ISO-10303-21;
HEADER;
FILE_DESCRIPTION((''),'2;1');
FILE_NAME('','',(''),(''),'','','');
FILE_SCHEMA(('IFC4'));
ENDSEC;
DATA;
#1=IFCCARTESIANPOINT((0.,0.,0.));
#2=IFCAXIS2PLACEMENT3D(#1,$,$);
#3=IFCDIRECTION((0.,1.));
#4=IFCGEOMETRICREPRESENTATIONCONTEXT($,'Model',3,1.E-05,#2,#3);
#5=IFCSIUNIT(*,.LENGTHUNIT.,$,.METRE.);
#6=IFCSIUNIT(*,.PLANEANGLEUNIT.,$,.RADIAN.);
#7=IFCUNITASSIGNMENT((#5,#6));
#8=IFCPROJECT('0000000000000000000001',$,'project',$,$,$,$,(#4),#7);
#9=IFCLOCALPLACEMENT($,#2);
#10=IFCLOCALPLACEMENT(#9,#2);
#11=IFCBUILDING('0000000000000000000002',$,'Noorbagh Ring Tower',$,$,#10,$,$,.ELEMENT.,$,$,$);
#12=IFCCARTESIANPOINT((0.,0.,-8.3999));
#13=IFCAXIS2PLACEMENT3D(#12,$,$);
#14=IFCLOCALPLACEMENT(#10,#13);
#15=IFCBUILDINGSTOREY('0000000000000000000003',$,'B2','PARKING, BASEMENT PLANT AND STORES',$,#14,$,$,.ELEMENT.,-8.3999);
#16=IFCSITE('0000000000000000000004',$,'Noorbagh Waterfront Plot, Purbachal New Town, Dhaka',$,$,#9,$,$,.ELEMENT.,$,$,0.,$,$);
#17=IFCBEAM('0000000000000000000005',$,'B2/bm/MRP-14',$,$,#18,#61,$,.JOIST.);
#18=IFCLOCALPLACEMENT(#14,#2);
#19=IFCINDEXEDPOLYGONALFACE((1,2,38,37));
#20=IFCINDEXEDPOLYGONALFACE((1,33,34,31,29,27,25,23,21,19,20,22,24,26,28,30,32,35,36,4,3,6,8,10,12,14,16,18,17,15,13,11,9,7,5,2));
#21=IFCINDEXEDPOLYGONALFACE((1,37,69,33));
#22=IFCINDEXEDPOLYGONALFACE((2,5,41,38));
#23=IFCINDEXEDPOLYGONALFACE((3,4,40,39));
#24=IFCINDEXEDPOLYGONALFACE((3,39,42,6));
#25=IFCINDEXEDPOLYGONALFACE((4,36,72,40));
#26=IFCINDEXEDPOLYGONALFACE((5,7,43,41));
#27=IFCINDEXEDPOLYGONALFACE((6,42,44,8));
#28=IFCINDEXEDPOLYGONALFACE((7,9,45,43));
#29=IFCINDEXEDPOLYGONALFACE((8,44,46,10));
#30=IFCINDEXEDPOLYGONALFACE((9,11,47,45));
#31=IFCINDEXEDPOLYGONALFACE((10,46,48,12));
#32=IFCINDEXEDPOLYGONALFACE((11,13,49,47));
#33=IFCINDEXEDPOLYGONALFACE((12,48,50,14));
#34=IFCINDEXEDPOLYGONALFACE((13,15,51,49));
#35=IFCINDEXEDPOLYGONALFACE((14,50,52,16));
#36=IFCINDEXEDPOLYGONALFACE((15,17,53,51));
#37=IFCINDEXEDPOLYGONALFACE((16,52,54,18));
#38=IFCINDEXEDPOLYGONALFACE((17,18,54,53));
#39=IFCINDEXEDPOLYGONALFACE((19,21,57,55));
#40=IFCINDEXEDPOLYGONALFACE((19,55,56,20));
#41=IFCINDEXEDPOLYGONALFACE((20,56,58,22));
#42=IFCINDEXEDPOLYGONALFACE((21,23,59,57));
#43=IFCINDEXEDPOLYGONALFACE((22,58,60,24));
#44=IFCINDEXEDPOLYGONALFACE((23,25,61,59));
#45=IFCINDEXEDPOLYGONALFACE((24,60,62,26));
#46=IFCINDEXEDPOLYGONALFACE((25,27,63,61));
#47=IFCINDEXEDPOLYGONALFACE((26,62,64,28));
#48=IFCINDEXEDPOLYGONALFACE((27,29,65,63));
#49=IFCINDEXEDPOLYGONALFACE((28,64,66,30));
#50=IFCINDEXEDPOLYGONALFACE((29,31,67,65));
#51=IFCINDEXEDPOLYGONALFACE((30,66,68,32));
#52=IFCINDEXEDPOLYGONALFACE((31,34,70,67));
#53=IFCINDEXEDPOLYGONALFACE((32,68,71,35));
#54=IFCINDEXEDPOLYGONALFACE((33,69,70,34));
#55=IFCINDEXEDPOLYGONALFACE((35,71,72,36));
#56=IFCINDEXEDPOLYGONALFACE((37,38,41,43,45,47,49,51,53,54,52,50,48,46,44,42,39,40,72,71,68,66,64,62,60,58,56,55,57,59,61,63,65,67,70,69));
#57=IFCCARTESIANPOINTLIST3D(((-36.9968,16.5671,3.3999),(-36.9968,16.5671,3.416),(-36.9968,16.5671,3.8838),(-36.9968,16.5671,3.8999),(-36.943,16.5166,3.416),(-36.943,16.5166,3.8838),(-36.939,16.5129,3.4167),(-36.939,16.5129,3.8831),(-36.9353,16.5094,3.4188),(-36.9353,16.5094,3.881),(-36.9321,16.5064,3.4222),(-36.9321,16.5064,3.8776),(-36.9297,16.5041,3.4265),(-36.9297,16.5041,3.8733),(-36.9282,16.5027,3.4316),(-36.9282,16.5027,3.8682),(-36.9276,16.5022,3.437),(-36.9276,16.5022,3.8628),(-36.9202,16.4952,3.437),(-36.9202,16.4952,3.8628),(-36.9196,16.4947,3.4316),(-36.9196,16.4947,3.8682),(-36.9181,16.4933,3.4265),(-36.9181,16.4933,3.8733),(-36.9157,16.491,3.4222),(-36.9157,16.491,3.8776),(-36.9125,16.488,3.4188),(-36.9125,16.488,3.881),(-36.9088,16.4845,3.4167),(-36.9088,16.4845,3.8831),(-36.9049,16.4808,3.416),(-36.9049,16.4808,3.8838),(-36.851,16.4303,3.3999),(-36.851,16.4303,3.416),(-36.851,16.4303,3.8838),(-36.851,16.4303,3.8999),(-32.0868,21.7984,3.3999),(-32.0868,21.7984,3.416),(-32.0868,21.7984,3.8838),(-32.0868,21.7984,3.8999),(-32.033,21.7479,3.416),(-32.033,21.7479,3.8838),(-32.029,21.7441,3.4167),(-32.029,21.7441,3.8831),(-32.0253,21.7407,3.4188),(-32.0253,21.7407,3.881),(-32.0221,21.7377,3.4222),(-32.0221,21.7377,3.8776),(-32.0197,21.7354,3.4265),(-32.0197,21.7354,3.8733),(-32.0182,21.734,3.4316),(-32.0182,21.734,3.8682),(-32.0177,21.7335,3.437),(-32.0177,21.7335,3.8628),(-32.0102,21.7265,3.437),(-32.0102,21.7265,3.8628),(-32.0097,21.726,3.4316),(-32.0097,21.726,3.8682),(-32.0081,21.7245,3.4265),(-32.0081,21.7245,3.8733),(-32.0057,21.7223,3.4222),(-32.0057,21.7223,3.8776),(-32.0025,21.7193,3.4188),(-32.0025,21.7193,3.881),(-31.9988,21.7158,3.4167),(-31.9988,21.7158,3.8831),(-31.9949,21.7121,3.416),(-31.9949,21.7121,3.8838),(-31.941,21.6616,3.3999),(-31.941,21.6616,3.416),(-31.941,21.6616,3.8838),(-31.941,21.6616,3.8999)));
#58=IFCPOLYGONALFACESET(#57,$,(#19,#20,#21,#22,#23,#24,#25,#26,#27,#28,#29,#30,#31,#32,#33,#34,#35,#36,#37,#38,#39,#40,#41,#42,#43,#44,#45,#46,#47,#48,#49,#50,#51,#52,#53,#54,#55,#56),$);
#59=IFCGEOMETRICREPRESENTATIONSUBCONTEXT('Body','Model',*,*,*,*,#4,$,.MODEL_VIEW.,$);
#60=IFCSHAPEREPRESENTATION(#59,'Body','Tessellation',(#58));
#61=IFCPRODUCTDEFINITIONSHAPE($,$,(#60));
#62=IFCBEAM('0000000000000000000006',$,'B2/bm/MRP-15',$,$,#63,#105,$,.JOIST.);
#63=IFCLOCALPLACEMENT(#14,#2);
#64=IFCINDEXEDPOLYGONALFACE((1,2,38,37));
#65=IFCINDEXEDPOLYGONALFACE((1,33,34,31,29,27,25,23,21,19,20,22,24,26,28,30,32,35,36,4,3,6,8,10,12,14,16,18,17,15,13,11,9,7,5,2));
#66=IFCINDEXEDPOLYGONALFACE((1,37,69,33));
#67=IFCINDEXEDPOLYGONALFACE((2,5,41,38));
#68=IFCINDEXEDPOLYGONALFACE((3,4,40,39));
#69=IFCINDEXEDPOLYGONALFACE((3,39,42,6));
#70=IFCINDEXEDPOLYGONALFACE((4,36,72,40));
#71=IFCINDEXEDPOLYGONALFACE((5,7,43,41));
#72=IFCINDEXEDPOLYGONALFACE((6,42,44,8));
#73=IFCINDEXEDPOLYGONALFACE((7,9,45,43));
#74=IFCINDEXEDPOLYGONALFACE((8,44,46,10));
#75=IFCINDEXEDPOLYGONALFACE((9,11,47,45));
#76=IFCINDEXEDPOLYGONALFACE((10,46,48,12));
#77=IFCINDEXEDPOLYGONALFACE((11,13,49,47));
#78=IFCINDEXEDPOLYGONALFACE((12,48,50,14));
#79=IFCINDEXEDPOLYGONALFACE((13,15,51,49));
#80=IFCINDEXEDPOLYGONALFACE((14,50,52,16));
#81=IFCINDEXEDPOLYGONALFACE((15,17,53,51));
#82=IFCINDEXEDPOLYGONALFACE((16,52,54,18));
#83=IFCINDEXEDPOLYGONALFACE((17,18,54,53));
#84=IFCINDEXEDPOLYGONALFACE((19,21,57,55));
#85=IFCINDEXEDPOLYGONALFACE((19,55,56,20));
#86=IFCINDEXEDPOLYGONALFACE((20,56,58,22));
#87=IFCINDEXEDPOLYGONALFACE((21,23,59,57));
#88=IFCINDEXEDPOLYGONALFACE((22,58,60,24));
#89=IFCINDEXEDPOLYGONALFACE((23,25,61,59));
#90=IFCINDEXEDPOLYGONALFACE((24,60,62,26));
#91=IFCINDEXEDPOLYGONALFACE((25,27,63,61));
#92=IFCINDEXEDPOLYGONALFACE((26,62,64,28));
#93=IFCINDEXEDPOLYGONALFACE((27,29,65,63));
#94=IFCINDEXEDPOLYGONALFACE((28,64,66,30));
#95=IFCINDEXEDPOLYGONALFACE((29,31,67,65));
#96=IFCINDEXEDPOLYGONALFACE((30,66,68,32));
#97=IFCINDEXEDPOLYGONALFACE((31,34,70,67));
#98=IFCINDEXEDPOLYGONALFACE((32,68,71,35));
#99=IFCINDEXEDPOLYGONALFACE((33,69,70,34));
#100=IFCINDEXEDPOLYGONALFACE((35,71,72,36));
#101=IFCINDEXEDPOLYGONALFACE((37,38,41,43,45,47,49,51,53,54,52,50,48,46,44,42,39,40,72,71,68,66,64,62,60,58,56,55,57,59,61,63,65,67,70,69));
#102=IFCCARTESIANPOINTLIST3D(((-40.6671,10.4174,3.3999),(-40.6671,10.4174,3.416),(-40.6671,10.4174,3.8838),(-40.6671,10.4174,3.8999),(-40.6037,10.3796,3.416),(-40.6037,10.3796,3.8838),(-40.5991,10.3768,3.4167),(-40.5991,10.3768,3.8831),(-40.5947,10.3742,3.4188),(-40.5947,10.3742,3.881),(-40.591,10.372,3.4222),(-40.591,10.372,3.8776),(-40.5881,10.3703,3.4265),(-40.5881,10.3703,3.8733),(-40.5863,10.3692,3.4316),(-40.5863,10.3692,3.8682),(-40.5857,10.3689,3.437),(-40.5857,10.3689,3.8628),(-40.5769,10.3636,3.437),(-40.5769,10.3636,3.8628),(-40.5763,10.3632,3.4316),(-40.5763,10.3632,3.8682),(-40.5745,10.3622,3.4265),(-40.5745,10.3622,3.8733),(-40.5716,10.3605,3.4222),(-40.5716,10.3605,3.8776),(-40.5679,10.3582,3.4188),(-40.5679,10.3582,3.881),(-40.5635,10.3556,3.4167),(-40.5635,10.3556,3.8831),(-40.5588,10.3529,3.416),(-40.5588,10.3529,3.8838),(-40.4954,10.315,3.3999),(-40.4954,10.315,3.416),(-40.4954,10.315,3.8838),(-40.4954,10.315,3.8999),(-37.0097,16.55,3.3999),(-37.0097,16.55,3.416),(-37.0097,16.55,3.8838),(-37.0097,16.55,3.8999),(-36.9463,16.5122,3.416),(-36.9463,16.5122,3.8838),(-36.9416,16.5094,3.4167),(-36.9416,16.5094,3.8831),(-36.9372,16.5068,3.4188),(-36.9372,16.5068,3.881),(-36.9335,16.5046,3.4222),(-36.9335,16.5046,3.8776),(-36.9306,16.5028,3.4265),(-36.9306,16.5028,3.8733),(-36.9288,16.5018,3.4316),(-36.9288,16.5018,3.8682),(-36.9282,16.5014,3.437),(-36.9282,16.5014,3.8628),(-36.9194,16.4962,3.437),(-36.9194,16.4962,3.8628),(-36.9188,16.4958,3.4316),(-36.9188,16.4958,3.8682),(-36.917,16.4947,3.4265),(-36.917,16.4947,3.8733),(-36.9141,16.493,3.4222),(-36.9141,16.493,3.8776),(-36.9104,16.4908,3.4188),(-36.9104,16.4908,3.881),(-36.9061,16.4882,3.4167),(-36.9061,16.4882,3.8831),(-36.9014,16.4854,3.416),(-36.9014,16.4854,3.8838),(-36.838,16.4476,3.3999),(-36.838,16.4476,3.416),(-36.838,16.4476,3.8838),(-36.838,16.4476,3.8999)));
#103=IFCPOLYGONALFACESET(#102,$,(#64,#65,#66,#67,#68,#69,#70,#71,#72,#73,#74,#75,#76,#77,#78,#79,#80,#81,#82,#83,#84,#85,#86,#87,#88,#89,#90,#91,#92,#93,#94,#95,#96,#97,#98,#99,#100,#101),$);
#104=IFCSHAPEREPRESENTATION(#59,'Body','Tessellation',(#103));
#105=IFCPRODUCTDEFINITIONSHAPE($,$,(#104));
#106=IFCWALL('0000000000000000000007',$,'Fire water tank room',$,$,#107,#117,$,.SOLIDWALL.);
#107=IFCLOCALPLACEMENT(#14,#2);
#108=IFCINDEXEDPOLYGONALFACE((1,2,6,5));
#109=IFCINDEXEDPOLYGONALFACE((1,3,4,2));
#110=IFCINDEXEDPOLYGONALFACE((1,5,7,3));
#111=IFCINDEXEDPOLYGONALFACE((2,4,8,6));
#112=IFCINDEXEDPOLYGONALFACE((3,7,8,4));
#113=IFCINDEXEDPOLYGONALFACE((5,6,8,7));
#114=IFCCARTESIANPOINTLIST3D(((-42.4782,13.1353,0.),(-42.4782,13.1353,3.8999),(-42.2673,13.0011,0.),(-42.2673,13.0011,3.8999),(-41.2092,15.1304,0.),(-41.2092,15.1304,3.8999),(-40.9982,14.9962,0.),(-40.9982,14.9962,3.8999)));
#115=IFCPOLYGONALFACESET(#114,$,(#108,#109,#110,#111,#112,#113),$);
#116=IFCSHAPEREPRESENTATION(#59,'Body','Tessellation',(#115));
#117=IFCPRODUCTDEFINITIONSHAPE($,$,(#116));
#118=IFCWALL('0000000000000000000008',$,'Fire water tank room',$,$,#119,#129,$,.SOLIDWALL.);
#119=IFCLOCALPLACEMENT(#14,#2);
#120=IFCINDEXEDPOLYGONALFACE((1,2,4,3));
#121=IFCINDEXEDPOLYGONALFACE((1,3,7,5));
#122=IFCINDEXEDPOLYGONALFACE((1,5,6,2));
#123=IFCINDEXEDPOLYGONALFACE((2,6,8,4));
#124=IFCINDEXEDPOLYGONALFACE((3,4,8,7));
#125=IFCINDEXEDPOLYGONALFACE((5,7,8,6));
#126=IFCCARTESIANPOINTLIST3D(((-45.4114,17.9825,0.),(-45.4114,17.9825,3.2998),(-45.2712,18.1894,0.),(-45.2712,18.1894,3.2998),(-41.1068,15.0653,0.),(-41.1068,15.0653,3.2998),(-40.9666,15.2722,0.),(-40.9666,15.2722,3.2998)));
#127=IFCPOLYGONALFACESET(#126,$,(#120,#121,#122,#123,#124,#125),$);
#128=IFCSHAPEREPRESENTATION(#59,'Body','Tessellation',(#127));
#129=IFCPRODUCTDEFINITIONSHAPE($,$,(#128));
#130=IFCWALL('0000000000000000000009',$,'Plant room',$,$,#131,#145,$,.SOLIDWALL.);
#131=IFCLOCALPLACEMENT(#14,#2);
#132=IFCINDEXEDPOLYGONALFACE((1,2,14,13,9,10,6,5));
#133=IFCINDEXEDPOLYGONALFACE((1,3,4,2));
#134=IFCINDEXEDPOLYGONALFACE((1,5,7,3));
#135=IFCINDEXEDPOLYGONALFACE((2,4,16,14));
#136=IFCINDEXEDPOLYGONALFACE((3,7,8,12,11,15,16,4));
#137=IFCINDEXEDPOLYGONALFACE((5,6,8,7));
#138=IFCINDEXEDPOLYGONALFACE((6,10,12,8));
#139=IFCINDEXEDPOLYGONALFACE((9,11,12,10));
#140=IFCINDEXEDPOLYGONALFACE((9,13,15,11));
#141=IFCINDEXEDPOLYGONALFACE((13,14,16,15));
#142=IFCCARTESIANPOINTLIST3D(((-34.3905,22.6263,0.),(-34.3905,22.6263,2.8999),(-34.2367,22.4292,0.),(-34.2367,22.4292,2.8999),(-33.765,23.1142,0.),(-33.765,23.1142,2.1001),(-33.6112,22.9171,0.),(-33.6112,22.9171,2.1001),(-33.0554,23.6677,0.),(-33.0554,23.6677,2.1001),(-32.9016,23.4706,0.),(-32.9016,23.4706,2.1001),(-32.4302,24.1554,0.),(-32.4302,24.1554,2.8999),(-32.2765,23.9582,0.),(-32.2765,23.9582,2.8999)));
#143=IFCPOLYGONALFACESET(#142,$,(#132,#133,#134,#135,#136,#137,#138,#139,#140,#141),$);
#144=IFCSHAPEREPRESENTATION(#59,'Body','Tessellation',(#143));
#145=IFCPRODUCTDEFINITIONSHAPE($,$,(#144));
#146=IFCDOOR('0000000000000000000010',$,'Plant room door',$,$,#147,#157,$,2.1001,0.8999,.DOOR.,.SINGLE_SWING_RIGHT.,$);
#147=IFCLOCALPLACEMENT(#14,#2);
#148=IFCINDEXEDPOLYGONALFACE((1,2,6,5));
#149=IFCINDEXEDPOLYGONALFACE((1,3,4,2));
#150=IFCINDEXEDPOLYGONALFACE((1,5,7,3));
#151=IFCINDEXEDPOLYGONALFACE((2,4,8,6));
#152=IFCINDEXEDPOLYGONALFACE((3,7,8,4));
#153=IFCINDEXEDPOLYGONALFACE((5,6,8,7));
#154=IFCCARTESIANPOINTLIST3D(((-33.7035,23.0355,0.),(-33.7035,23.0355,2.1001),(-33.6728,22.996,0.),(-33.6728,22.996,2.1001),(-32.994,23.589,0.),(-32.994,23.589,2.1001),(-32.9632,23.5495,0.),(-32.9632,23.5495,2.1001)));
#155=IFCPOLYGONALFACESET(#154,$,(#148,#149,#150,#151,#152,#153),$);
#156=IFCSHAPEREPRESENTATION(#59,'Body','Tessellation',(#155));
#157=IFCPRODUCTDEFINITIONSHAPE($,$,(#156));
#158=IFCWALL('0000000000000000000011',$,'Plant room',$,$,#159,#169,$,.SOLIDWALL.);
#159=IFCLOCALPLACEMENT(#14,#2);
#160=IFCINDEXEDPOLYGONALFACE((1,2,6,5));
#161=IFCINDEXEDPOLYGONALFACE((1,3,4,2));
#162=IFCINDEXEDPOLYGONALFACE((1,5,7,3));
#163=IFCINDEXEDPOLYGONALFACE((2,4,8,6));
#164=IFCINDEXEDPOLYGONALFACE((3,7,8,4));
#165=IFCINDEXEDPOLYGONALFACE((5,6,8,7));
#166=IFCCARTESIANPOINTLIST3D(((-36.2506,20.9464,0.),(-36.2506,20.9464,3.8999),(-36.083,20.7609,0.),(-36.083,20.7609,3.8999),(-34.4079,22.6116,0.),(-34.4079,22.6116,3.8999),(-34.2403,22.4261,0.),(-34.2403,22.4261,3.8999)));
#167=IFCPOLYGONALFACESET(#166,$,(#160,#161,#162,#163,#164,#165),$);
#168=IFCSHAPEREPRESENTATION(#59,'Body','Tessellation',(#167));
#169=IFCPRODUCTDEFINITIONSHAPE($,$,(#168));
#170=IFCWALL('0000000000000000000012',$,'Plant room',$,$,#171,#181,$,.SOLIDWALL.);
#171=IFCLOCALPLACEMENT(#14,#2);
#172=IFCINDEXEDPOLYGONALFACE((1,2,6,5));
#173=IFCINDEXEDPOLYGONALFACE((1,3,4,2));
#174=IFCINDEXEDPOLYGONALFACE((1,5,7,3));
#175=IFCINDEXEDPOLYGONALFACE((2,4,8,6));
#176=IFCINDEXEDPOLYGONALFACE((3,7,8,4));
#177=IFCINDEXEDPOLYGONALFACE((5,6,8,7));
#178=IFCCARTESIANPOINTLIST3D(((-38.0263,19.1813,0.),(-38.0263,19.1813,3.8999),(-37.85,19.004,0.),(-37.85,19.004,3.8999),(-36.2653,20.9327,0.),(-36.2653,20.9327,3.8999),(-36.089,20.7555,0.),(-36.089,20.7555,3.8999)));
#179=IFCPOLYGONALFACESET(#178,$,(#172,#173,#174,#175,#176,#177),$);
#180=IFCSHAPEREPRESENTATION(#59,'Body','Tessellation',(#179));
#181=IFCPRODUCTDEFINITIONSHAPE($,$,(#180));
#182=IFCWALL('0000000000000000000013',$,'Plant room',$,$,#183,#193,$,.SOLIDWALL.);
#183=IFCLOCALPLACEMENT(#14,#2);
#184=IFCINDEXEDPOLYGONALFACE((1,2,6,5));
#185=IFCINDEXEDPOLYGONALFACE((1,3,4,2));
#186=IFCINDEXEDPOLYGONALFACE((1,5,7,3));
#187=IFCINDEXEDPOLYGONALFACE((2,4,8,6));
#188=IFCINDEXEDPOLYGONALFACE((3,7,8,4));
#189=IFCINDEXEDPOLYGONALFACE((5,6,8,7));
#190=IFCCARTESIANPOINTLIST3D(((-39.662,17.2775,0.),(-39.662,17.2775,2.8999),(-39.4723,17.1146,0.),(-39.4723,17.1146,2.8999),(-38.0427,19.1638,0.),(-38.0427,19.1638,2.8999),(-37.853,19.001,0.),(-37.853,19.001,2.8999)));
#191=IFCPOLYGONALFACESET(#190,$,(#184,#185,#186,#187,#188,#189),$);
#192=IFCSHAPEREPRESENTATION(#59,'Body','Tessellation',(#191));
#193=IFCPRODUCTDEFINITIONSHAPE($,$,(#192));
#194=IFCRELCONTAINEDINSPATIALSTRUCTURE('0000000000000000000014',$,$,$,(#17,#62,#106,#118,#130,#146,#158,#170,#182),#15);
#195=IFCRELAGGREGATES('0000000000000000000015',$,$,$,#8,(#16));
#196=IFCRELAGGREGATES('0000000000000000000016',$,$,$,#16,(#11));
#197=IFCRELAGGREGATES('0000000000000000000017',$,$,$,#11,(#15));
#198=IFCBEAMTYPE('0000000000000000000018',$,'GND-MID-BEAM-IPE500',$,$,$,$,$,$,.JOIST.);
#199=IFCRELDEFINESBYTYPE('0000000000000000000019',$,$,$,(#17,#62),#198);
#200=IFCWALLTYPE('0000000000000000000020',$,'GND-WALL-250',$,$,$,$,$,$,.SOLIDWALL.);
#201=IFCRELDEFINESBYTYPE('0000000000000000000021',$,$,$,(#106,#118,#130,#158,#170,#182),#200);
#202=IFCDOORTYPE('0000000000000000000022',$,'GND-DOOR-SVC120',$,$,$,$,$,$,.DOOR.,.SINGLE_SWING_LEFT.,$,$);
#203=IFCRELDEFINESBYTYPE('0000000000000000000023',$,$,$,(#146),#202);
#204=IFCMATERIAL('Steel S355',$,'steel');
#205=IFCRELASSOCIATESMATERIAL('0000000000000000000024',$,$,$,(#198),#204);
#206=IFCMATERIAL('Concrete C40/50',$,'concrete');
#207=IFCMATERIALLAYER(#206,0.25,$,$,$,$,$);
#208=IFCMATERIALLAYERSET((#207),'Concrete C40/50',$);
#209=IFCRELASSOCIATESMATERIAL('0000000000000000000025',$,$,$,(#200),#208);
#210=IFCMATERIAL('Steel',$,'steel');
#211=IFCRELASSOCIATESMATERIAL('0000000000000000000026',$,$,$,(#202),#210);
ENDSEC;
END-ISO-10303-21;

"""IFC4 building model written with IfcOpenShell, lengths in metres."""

from ifc_helpers import new_model, si_unit, direction, frame, frame_2d, origin, origin_2d, place, context, subcontext, project, spatial, rectangle, i_section, extrude, material, layer, layer_set, material_profile, profile_set, type_object, element, fill, save


model = new_model("IFC4")

# Units and contexts
model_context = context("Model", 3, precision=1e-05, world=origin(), true_north=direction((0.0, 1.0)))
body_context = subcontext(model_context, "Body", "Model", "MODEL_VIEW")
ifc_project = project(units=[si_unit("LENGTHUNIT", "METRE"), si_unit("PLANEANGLEUNIT", "RADIAN")], contexts=[model_context])

# Site, building, storey
site_placement = place(None, origin())
site = spatial("IfcSite", under=ifc_project, at=site_placement, Name="Noorbagh Waterfront Plot, Purbachal New Town, Dhaka", CompositionType="ELEMENT", RefElevation=0.0)
building_placement = place(site_placement, origin())
building = spatial("IfcBuilding", under=site, at=building_placement, Name="Noorbagh Ring Tower", CompositionType="ELEMENT")
storey_placement = place(building_placement, frame((0.0, 0.0, -8.3999)))
storey = spatial("IfcBuildingStorey", under=building, at=storey_placement, Name="B2", Description="PARKING, BASEMENT PLANT AND STORES", CompositionType="ELEMENT", Elevation=-8.3999)

# Beams
ifc_material_1 = material(Name="Steel S355", Category="steel")
ifc_material_profile_1 = material_profile(ifc_material_1, i_section(OverallWidth=0.2, OverallDepth=0.5, WebThickness=0.0103, FlangeThickness=0.0161, FilletRadius=0.021, at=origin_2d()), Name="IPE500")
ifc_profile_set_1 = profile_set([ifc_material_profile_1], Name="Steel S355")
beam_type_1 = type_object("IfcBeamType", Name="GND-MID-BEAM-IPE500", PredefinedType="JOIST", material=ifc_profile_set_1)
beam_1_placement = place(storey_placement, frame((-32.0139, 21.73, 3.6499), z_axis=(-0.684361, -0.729143, 0.0), x_axis=(0.729143, -0.684361, 0.0)))
element("IfcBeam", 1, at=beam_1_placement, inside=storey, type_object=beam_type_1, Name="B2/bm/MRP-14", PredefinedType="JOIST", context=body_context, shape_type="SweptSolid", body=[
    extrude(i_section(OverallWidth=0.2, OverallDepth=0.5, WebThickness=0.0103, FlangeThickness=0.0161, FilletRadius=0.021, at=origin_2d()), origin(), (0.0, 0.0, 1.0), 7.1746),
])
beam_2_placement = place(storey_placement, frame((-36.9238, 16.4988, 3.6499), z_axis=(-0.512221, -0.858854, 0.0), x_axis=(0.858854, -0.512221, 0.0)))
element("IfcBeam", 2, at=beam_2_placement, inside=storey, type_object=beam_type_1, Name="B2/bm/MRP-15", PredefinedType="JOIST", context=body_context, shape_type="SweptSolid", body=[
    extrude(i_section(OverallWidth=0.2, OverallDepth=0.5, WebThickness=0.0103, FlangeThickness=0.0161, FilletRadius=0.021, at=origin_2d()), origin(), (0.0, 0.0, 1.0), 7.1404),
])

# Walls
ifc_material_2 = material(Name="Concrete C40/50", Category="concrete")
ifc_layer_1 = layer(ifc_material_2, 0.25)
ifc_layer_set_1 = layer_set([ifc_layer_1], Name="Concrete C40/50")
wall_type_1 = type_object("IfcWallType", Name="GND-WALL-250", PredefinedType="SOLIDWALL", material=ifc_layer_set_1)
wall_1_placement = place(storey_placement, frame((-41.1038, 15.0632, 0.0), z_axis=(0.0, 0.0, 1.0), x_axis=(-0.536702, -0.843772, 0.0)))
element("IfcWall", 3, at=wall_1_placement, inside=storey, type_object=wall_type_1, Name="Fire water tank room", PredefinedType="SOLIDWALL", context=body_context, shape_type="SweptSolid", body=[
    extrude(rectangle(XDim=2.3645, YDim=0.25, at=frame_2d((1.1821, 0.0))), origin(), (0.0, 0.0, 1.0), 3.8999),
])
wall_2_placement = place(storey_placement, frame((-41.0366, 15.1687, 0.0), z_axis=(0.0, 0.0, 1.0), x_axis=(-0.827815, 0.561001, 0.0)))
element("IfcWall", 4, at=wall_2_placement, inside=storey, type_object=wall_type_1, Name="Fire water tank room", PredefinedType="SOLIDWALL", context=body_context, shape_type="SweptSolid", body=[
    extrude(rectangle(XDim=5.2, YDim=0.25, at=frame_2d((2.6001, 0.0))), origin(), (0.0, 0.0, 1.0), 3.2998),
])

# Wall, opening, door
wall_3_placement = place(storey_placement, frame((-32.3533, 24.0569, 0.0), z_axis=(0.0, 0.0, 1.0), x_axis=(-0.788484, -0.615055, 0.0)))
wall_3 = element("IfcWall", 5, at=wall_3_placement, inside=storey, type_object=wall_type_1, Name="Plant room", PredefinedType="SOLIDWALL", context=body_context, shape_type="SweptSolid", body=[
    extrude(rectangle(XDim=2.4861, YDim=0.25, at=frame_2d((1.2432, 0.0))), origin(), (0.0, 0.0, 1.0), 2.8999),
])
opening_placement = place(wall_3_placement, frame((0.793, 0.0, 0.0)))
opening = element("IfcOpeningElement", 6, at=opening_placement, cuts=wall_3, PredefinedType="OPENING", context=body_context, shape_type="SweptSolid", body=[
    extrude(rectangle(XDim=0.8999, YDim=2.1001, at=frame_2d((0.45, 1.05))), frame((0.0, 0.135, 0.0), z_axis=(0.0, -1.0, 0.0), x_axis=(1.0, 0.0, 0.0)), (0.0, 0.0, 1.0), 0.27),
])
ifc_material_3 = material(Name="Steel", Category="steel")
door_type = type_object("IfcDoorType", Name="GND-DOOR-SVC120", OperationType="SINGLE_SWING_LEFT", PredefinedType="DOOR", material=ifc_material_3)
door_placement = place(opening_placement, origin())
door = element("IfcDoor", 7, at=door_placement, inside=storey, type_object=door_type, Name="Plant room door", OperationType="SINGLE_SWING_RIGHT", OverallHeight=2.1001, OverallWidth=0.8999, PredefinedType="DOOR", context=body_context, shape_type="SweptSolid", body=[
    extrude(rectangle(XDim=0.8999, YDim=2.1001, at=frame_2d((0.45, 1.05))), frame((0.0, 0.0249, 0.0), z_axis=(0.0, -1.0, 0.0), x_axis=(1.0, 0.0, 0.0)), (0.0, 0.0, 1.0), 0.05),
])
fill(opening, door)

# Walls
for number, where, z_axis, x_axis, name in (
    (8, (-34.3242, 22.5188, 0.0), (0.0, 0.0, 1.0), (-0.741934, -0.670473, 0.0), "Plant room"),
    (9, (-36.1772, 20.844, 0.0), (0.0, 0.0, 1.0), (-0.709021, -0.705187, 0.0), "Plant room"),
):
    element("IfcWall", number, at=place(storey_placement, frame(where, z_axis=z_axis, x_axis=x_axis)), inside=storey, type_object=wall_type_1, Name=name, PredefinedType="SOLIDWALL", context=body_context, shape_type="SweptSolid", body=[
        extrude(rectangle(XDim=2.4836, YDim=0.25, at=frame_2d((1.2417, 0.0))), origin(), (0.0, 0.0, 1.0), 3.8999),
    ])
wall_4_placement = place(storey_placement, frame((-37.9478, 19.0825, 0.0), z_axis=(0.0, 0.0, 1.0), x_axis=(-0.651349, -0.758778, 0.0)))
element("IfcWall", 10, at=wall_4_placement, inside=storey, type_object=wall_type_1, Name="Plant room", PredefinedType="SOLIDWALL", context=body_context, shape_type="SweptSolid", body=[
    extrude(rectangle(XDim=2.4861, YDim=0.25, at=frame_2d((1.2432, 0.0))), origin(), (0.0, 0.0, 1.0), 2.8999),
])

save(model, "model.ifc")
